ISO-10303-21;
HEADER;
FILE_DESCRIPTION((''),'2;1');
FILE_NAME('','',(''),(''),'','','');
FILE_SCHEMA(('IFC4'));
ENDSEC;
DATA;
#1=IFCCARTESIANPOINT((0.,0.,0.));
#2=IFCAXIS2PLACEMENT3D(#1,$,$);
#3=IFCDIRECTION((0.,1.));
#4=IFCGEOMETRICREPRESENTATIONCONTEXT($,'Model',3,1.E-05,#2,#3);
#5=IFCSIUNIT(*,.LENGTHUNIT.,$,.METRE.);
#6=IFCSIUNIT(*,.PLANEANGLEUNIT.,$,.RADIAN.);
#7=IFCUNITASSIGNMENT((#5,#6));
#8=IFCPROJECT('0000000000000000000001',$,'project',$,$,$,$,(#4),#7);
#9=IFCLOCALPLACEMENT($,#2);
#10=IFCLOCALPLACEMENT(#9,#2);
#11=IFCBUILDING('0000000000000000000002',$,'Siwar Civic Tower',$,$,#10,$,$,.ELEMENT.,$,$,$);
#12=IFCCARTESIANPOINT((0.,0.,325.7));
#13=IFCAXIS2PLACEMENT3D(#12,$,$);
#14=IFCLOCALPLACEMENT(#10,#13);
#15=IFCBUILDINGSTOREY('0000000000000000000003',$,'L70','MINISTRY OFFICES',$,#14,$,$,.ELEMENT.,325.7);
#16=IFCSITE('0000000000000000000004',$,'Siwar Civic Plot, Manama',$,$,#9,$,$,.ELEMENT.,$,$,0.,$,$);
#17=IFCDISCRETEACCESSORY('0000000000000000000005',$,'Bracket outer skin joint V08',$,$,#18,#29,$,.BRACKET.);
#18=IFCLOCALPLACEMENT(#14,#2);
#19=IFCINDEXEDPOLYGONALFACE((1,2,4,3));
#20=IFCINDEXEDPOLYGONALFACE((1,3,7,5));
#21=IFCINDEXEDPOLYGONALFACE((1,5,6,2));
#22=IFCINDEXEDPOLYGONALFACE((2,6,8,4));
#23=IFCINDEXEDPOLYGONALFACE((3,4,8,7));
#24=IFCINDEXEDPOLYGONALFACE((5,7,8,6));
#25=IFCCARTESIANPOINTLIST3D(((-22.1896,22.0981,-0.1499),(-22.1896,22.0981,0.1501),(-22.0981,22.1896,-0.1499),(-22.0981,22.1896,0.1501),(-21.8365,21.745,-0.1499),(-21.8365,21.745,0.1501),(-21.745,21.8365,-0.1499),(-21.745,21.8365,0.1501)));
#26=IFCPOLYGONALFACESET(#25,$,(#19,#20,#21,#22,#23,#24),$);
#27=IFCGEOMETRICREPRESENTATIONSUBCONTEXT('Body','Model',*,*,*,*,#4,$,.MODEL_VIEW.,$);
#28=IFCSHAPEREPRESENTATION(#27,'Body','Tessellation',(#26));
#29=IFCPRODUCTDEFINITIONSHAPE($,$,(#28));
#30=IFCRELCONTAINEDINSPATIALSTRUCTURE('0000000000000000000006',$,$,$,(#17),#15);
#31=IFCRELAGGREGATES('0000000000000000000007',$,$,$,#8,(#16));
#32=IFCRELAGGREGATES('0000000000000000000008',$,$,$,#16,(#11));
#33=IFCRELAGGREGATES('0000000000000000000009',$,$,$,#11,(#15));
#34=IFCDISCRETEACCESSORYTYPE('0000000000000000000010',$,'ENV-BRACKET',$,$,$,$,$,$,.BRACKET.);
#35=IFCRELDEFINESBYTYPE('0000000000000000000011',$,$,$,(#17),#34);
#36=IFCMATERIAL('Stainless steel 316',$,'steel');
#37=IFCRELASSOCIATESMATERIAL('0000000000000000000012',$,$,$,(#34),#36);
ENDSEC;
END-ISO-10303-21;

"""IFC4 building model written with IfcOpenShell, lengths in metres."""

from ifc_helpers import new_model, si_unit, direction, frame, origin, origin_2d, place, context, subcontext, project, spatial, rectangle, extrude, material, type_object, element, save


model = new_model("IFC4")

# Units and contexts
model_context = context("Model", 3, precision=1e-05, world=origin(), true_north=direction((0.0, 1.0)))
body_context = subcontext(model_context, "Body", "Model", "MODEL_VIEW")
ifc_project = project(units=[si_unit("LENGTHUNIT", "METRE"), si_unit("PLANEANGLEUNIT", "RADIAN")], contexts=[model_context])

# Site, building, storey
site_placement = place(None, origin())
site = spatial("IfcSite", under=ifc_project, at=site_placement, Name="Siwar Civic Plot, Manama", CompositionType="ELEMENT", RefElevation=0.0)
building_placement = place(site_placement, origin())
building = spatial("IfcBuilding", under=site, at=building_placement, Name="Siwar Civic Tower", CompositionType="ELEMENT")
storey_placement = place(building_placement, frame((0.0, 0.0, 325.7)))
storey = spatial("IfcBuildingStorey", under=building, at=storey_placement, Name="L70", Description="MINISTRY OFFICES", CompositionType="ELEMENT", Elevation=325.7)

# Discrete accessory
ifc_material_1 = material(Name="Stainless steel 316", Category="steel")
discrete_accessory_type = type_object("IfcDiscreteAccessoryType", Name="ENV-BRACKET", PredefinedType="BRACKET", material=ifc_material_1)
discrete_accessory_1_placement = place(storey_placement, frame((-21.9673, 21.9673, -0.1499), z_axis=(0.0, 0.0, 1.0), x_axis=(-0.707107, 0.707107, 0.0)))
element("IfcDiscreteAccessory", 1, at=discrete_accessory_1_placement, inside=storey, type_object=discrete_accessory_type, Name="Bracket outer skin joint V08", PredefinedType="BRACKET", context=body_context, shape_type="SweptSolid", body=[
    extrude(rectangle(XDim=0.4993, YDim=0.1294, at=origin_2d()), origin(), (0.0, 0.0, 1.0), 0.3),
])

save(model, "model.ifc")
